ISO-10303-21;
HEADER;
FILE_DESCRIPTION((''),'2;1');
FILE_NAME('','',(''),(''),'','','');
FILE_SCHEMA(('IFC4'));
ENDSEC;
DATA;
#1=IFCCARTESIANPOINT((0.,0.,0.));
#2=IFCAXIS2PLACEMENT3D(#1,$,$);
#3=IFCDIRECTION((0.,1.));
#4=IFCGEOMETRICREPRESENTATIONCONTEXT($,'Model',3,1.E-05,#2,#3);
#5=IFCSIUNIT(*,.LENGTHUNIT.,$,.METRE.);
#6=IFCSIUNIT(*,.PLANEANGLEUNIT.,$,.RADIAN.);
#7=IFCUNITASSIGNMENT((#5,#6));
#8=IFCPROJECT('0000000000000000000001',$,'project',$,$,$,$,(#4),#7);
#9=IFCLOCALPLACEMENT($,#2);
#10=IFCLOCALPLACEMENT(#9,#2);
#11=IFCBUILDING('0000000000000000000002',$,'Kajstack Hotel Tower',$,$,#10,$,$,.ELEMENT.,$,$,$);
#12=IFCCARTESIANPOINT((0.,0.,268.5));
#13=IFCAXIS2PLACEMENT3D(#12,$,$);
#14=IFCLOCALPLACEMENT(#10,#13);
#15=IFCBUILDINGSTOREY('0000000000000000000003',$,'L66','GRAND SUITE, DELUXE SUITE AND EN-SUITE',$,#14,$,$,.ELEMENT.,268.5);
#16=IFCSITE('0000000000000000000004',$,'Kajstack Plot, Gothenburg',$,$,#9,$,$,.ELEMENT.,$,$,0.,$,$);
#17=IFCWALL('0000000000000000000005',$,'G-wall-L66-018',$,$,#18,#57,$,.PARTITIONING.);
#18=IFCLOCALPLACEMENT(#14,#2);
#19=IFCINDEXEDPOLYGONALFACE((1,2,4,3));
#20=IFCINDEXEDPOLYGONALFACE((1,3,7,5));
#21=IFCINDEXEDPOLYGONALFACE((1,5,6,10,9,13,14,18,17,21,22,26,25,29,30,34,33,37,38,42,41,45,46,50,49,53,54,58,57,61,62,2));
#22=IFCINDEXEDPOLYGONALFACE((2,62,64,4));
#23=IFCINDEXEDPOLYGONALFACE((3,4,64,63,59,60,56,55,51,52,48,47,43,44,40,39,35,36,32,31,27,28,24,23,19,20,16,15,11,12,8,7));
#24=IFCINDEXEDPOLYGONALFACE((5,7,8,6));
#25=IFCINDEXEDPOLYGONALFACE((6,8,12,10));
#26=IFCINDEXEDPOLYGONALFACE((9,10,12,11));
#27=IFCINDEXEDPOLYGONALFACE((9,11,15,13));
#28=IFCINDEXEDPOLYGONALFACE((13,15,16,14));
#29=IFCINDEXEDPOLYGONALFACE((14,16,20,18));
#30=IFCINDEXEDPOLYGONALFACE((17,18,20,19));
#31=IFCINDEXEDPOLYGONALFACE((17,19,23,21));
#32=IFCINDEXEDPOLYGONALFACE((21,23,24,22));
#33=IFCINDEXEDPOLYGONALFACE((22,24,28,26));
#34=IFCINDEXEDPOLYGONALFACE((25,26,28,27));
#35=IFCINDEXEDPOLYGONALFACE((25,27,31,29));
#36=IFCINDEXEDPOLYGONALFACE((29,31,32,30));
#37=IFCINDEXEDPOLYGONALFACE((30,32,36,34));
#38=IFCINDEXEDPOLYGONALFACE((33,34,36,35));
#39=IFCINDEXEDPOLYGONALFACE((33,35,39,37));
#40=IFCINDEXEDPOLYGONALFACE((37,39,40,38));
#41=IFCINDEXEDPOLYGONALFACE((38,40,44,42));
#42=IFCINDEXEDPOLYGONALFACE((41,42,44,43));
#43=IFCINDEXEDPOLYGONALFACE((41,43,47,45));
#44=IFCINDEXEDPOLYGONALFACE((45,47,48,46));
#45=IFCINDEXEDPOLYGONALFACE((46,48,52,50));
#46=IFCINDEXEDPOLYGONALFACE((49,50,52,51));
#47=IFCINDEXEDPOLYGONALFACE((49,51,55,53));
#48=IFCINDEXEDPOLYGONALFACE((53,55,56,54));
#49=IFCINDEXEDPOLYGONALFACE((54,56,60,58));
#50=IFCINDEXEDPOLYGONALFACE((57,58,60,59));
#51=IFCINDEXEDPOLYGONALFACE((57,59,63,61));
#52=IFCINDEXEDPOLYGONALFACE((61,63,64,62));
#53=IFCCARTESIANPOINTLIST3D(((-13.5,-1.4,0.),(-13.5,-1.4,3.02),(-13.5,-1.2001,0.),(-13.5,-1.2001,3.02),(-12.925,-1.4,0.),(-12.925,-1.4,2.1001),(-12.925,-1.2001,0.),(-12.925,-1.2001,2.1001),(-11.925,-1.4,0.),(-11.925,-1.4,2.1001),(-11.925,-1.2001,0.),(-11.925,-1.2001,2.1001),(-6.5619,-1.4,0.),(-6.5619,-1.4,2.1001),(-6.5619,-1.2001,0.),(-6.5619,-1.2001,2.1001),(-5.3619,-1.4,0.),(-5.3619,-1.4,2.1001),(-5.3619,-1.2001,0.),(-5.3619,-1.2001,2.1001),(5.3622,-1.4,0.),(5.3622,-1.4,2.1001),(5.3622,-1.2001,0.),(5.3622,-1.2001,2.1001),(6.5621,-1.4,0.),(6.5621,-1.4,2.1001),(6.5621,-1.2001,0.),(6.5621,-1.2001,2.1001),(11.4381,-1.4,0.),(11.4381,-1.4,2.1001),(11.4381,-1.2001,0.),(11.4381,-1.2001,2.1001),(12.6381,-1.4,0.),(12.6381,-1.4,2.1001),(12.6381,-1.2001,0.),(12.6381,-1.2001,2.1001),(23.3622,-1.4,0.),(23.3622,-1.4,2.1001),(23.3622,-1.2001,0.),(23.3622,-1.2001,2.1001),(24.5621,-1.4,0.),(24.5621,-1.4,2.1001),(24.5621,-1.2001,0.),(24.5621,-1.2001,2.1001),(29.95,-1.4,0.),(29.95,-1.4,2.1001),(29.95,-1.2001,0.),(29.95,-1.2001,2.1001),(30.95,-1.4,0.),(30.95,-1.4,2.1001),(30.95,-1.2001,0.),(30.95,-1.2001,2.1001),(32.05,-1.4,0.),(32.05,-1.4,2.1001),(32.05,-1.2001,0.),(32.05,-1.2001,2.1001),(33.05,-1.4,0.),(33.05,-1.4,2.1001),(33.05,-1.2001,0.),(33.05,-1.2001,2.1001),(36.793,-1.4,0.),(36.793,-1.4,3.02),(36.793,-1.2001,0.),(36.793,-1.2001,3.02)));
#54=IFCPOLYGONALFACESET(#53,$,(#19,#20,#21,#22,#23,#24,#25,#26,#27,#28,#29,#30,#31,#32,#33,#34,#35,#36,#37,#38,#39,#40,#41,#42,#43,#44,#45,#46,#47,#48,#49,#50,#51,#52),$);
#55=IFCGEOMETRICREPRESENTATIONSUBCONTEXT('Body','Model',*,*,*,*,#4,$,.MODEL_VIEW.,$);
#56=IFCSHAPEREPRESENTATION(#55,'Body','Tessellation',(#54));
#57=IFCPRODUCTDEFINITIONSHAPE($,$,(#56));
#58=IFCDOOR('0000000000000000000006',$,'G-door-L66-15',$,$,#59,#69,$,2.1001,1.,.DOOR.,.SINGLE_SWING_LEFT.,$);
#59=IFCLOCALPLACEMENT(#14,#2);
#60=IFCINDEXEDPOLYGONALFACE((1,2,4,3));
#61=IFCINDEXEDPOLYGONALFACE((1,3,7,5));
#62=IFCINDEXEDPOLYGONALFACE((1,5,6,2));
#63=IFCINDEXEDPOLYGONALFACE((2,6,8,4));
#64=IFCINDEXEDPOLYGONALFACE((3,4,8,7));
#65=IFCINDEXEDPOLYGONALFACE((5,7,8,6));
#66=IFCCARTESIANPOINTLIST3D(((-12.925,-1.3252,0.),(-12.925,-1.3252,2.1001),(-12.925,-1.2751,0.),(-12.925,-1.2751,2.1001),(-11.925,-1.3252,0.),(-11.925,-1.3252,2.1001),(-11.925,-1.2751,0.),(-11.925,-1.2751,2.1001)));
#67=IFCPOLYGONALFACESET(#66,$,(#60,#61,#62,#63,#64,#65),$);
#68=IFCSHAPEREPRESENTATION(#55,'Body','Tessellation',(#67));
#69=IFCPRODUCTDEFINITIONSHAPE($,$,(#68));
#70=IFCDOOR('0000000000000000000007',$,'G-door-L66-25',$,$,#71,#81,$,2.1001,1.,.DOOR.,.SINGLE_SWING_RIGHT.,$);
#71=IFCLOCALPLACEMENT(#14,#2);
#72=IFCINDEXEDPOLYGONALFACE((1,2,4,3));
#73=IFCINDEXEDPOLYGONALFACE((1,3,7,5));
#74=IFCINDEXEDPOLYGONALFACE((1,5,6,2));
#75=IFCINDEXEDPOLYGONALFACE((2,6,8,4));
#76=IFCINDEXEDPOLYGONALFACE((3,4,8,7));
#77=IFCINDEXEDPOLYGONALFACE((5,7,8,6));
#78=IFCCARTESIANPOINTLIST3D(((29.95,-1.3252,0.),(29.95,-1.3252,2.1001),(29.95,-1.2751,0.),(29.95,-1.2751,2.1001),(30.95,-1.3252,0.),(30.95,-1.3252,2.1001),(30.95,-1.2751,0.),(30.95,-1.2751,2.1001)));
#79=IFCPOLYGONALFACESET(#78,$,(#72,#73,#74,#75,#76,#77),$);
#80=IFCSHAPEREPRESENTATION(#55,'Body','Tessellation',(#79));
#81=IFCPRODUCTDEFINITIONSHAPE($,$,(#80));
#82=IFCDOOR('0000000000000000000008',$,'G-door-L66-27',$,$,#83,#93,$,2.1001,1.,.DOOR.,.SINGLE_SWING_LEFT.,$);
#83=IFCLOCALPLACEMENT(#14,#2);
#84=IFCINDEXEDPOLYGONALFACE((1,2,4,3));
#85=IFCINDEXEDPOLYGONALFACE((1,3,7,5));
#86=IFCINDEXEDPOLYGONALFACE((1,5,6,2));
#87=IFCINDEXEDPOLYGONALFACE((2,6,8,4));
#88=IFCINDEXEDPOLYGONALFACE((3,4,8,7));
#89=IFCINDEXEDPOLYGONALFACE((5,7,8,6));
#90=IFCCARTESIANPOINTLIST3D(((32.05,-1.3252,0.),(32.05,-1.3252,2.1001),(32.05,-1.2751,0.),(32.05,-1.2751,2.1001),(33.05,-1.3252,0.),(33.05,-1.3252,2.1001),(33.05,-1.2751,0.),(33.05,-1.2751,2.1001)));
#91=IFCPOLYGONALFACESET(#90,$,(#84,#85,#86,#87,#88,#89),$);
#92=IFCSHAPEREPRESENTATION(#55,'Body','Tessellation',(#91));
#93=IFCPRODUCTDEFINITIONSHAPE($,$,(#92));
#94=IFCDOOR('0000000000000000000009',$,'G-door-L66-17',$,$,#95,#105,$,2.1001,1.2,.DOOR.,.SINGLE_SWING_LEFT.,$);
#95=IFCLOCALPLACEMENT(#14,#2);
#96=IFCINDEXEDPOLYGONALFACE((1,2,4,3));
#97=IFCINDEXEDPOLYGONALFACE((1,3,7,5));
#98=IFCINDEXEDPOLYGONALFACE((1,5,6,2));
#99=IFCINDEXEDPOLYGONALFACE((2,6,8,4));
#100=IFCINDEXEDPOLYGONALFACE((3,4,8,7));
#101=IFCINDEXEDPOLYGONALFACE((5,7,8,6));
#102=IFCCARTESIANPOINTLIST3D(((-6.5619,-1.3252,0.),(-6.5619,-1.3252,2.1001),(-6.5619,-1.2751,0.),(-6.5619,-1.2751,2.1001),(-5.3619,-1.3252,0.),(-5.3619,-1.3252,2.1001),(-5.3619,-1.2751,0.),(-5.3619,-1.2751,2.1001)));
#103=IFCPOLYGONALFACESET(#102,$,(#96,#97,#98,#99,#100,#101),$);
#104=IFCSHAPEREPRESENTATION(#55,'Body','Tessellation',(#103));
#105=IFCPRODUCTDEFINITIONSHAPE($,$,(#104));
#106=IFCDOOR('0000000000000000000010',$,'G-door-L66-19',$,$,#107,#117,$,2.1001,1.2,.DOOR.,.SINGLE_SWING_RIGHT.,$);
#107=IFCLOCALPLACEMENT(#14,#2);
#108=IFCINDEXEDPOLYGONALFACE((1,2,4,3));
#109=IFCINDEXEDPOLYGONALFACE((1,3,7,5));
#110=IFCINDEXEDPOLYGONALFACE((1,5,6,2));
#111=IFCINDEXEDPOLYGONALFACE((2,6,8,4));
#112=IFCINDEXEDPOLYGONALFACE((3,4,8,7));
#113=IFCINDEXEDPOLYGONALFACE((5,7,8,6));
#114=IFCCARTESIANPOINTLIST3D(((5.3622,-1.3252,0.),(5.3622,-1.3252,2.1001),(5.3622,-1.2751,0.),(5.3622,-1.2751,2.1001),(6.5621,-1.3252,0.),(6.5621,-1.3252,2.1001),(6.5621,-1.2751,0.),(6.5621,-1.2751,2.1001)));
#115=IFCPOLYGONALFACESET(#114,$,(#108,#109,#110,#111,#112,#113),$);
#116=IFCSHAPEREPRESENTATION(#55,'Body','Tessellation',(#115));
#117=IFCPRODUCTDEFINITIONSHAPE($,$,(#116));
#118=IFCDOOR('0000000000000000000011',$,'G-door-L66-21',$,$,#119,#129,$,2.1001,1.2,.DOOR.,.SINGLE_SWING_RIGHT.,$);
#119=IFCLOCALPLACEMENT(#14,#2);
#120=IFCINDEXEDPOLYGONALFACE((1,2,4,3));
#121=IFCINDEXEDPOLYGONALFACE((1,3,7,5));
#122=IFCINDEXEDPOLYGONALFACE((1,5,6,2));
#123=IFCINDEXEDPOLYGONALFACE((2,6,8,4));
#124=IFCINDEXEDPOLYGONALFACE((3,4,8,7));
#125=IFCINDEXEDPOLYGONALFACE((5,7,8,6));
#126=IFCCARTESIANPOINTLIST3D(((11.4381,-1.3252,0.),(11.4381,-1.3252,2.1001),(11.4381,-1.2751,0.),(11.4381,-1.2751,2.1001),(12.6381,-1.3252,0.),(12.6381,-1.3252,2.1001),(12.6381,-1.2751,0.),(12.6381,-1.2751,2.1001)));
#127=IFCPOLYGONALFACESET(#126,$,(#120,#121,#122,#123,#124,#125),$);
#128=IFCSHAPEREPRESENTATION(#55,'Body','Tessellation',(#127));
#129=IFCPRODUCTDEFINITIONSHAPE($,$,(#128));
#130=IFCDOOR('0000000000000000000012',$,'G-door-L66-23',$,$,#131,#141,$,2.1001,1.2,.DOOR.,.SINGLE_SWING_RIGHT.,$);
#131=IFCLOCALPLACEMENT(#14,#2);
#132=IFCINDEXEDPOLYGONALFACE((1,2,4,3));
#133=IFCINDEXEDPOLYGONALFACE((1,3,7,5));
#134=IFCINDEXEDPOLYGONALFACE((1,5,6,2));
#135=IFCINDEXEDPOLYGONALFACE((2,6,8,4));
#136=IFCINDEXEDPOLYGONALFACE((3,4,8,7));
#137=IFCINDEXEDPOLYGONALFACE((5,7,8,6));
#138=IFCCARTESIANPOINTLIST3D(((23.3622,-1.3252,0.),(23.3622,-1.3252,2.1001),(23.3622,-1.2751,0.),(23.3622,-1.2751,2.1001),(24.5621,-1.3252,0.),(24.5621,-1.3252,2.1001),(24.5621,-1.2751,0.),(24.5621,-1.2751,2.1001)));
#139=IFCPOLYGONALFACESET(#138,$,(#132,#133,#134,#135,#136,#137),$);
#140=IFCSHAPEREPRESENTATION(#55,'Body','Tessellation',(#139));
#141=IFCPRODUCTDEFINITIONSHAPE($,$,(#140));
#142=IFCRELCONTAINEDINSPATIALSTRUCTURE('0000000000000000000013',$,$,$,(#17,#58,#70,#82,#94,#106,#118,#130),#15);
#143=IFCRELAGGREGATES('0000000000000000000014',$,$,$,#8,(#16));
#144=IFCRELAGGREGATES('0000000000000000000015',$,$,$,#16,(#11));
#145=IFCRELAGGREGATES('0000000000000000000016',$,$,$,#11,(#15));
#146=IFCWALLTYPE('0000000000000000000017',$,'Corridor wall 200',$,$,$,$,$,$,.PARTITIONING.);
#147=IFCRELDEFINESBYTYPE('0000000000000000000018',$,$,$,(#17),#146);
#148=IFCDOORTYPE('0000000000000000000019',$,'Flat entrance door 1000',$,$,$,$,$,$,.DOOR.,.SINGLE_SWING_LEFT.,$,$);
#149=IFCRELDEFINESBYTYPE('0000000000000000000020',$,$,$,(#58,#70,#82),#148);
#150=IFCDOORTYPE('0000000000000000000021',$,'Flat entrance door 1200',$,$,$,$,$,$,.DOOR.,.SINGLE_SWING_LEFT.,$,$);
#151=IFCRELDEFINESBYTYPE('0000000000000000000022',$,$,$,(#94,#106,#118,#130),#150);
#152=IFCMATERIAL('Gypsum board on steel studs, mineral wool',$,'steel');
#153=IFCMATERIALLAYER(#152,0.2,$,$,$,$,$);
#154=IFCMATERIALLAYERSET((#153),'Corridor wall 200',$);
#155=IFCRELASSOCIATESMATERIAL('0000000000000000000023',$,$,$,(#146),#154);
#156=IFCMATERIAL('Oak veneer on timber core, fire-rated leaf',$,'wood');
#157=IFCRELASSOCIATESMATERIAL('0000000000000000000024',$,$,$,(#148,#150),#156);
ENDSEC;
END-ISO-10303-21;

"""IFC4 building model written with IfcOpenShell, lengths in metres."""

from ifc_helpers import new_model, si_unit, direction, frame, frame_2d, origin, place, context, subcontext, project, spatial, rectangle, extrude, material, layer, layer_set, type_object, element, fill, save


model = new_model("IFC4")

# Units and contexts
model_context = context("Model", 3, precision=1e-05, world=origin(), true_north=direction((0.0, 1.0)))
body_context = subcontext(model_context, "Body", "Model", "MODEL_VIEW")
ifc_project = project(units=[si_unit("LENGTHUNIT", "METRE"), si_unit("PLANEANGLEUNIT", "RADIAN")], contexts=[model_context])

# Site, building, storey
site_placement = place(None, origin())
site = spatial("IfcSite", under=ifc_project, at=site_placement, Name="Kajstack Plot, Gothenburg", CompositionType="ELEMENT", RefElevation=0.0)
building_placement = place(site_placement, origin())
building = spatial("IfcBuilding", under=site, at=building_placement, Name="Kajstack Hotel Tower", CompositionType="ELEMENT")
storey_placement = place(building_placement, frame((0.0, 0.0, 268.5)))
storey = spatial("IfcBuildingStorey", under=building, at=storey_placement, Name="L66", Description="GRAND SUITE, DELUXE SUITE AND EN-SUITE", CompositionType="ELEMENT", Elevation=268.5)

# Wall, openings, doors
ifc_material_1 = material(Name="Gypsum board on steel studs, mineral wool", Category="steel")
ifc_layer_1 = layer(ifc_material_1, 0.2)
ifc_layer_set_1 = layer_set([ifc_layer_1], Name="Corridor wall 200")
wall_type_1 = type_object("IfcWallType", Name="Corridor wall 200", PredefinedType="PARTITIONING", material=ifc_layer_set_1)
wall_1_placement = place(storey_placement, frame((-13.5, -1.3, 0.0), z_axis=(0.0, 0.0, 1.0), x_axis=(1.0, 0.0, 0.0)))
wall_1 = element("IfcWall", 1, at=wall_1_placement, inside=storey, type_object=wall_type_1, Name="G-wall-L66-018", PredefinedType="PARTITIONING", context=body_context, shape_type="SweptSolid", body=[
    extrude(rectangle(XDim=50.293, YDim=0.2, at=frame_2d((25.1465, 0.0))), origin(), (0.0, 0.0, 1.0), 3.02),
])
opening_1_placement = place(wall_1_placement, frame((0.575, 0.0, 0.0)))
opening_1 = element("IfcOpeningElement", 2, at=opening_1_placement, cuts=wall_1, PredefinedType="OPENING", context=body_context, shape_type="SweptSolid", body=[
    extrude(rectangle(XDim=1.0, YDim=2.1001, at=frame_2d((0.5, 1.05))), frame((0.0, 0.1099, 0.0), z_axis=(0.0, -1.0, 0.0), x_axis=(1.0, 0.0, 0.0)), (0.0, 0.0, 1.0), 0.22),
])
opening_2_placement = place(wall_1_placement, frame((6.938, 0.0, 0.0)))
opening_2 = element("IfcOpeningElement", 3, at=opening_2_placement, cuts=wall_1, PredefinedType="OPENING", context=body_context, shape_type="SweptSolid", body=[
    extrude(rectangle(XDim=1.2, YDim=2.1001, at=frame_2d((0.6001, 1.05))), frame((0.0, 0.1099, 0.0), z_axis=(0.0, -1.0, 0.0), x_axis=(1.0, 0.0, 0.0)), (0.0, 0.0, 1.0), 0.22),
])
opening_3_placement = place(wall_1_placement, frame((18.8621, 0.0, 0.0)))
opening_3 = element("IfcOpeningElement", 4, at=opening_3_placement, cuts=wall_1, PredefinedType="OPENING", context=body_context, shape_type="SweptSolid", body=[
    extrude(rectangle(XDim=1.2, YDim=2.1001, at=frame_2d((0.6001, 1.05))), frame((0.0, 0.1099, 0.0), z_axis=(0.0, -1.0, 0.0), x_axis=(1.0, 0.0, 0.0)), (0.0, 0.0, 1.0), 0.22),
])
opening_4_placement = place(wall_1_placement, frame((24.938, 0.0, 0.0)))
opening_4 = element("IfcOpeningElement", 5, at=opening_4_placement, cuts=wall_1, PredefinedType="OPENING", context=body_context, shape_type="SweptSolid", body=[
    extrude(rectangle(XDim=1.2, YDim=2.1001, at=frame_2d((0.6001, 1.05))), frame((0.0, 0.1099, 0.0), z_axis=(0.0, -1.0, 0.0), x_axis=(1.0, 0.0, 0.0)), (0.0, 0.0, 1.0), 0.22),
])
opening_5_placement = place(wall_1_placement, frame((36.8621, 0.0, 0.0)))
opening_5 = element("IfcOpeningElement", 6, at=opening_5_placement, cuts=wall_1, PredefinedType="OPENING", context=body_context, shape_type="SweptSolid", body=[
    extrude(rectangle(XDim=1.2, YDim=2.1001, at=frame_2d((0.6001, 1.05))), frame((0.0, 0.1099, 0.0), z_axis=(0.0, -1.0, 0.0), x_axis=(1.0, 0.0, 0.0)), (0.0, 0.0, 1.0), 0.22),
])
opening_6_placement = place(wall_1_placement, frame((43.45, 0.0, 0.0)))
opening_6 = element("IfcOpeningElement", 7, at=opening_6_placement, cuts=wall_1, PredefinedType="OPENING", context=body_context, shape_type="SweptSolid", body=[
    extrude(rectangle(XDim=1.0, YDim=2.1001, at=frame_2d((0.5, 1.05))), frame((0.0, 0.1099, 0.0), z_axis=(0.0, -1.0, 0.0), x_axis=(1.0, 0.0, 0.0)), (0.0, 0.0, 1.0), 0.22),
])
opening_7_placement = place(wall_1_placement, frame((45.55, 0.0, 0.0)))
opening_7 = element("IfcOpeningElement", 8, at=opening_7_placement, cuts=wall_1, PredefinedType="OPENING", context=body_context, shape_type="SweptSolid", body=[
    extrude(rectangle(XDim=1.0, YDim=2.1001, at=frame_2d((0.5, 1.05))), frame((0.0, 0.1099, 0.0), z_axis=(0.0, -1.0, 0.0), x_axis=(1.0, 0.0, 0.0)), (0.0, 0.0, 1.0), 0.22),
])
ifc_material_2 = material(Name="Oak veneer on timber core, fire-rated leaf", Category="wood")
door_type_1 = type_object("IfcDoorType", Name="Flat entrance door 1000", OperationType="SINGLE_SWING_LEFT", PredefinedType="DOOR", material=ifc_material_2)
door_1_placement = place(opening_1_placement, origin())
door_1 = element("IfcDoor", 9, at=door_1_placement, inside=storey, type_object=door_type_1, Name="G-door-L66-15", OperationType="SINGLE_SWING_LEFT", OverallHeight=2.1001, OverallWidth=1.0, PredefinedType="DOOR", context=body_context, shape_type="SweptSolid", body=[
    extrude(rectangle(XDim=1.0, YDim=2.1001, at=frame_2d((0.5, 1.05))), frame((0.0, 0.0249, 0.0), z_axis=(0.0, -1.0, 0.0), x_axis=(1.0, 0.0, 0.0)), (0.0, 0.0, 1.0), 0.05),
])
fill(opening_1, door_1)
door_2_placement = place(opening_6_placement, origin())
door_2 = element("IfcDoor", 10, at=door_2_placement, inside=storey, type_object=door_type_1, Name="G-door-L66-25", OperationType="SINGLE_SWING_RIGHT", OverallHeight=2.1001, OverallWidth=1.0, PredefinedType="DOOR", context=body_context, shape_type="SweptSolid", body=[
    extrude(rectangle(XDim=1.0, YDim=2.1001, at=frame_2d((0.5, 1.05))), frame((0.0, 0.0249, 0.0), z_axis=(0.0, -1.0, 0.0), x_axis=(1.0, 0.0, 0.0)), (0.0, 0.0, 1.0), 0.05),
])
fill(opening_6, door_2)
door_3_placement = place(opening_7_placement, origin())
door_3 = element("IfcDoor", 11, at=door_3_placement, inside=storey, type_object=door_type_1, Name="G-door-L66-27", OperationType="SINGLE_SWING_LEFT", OverallHeight=2.1001, OverallWidth=1.0, PredefinedType="DOOR", context=body_context, shape_type="SweptSolid", body=[
    extrude(rectangle(XDim=1.0, YDim=2.1001, at=frame_2d((0.5, 1.05))), frame((0.0, 0.0249, 0.0), z_axis=(0.0, -1.0, 0.0), x_axis=(1.0, 0.0, 0.0)), (0.0, 0.0, 1.0), 0.05),
])
fill(opening_7, door_3)
door_type_2 = type_object("IfcDoorType", Name="Flat entrance door 1200", OperationType="SINGLE_SWING_LEFT", PredefinedType="DOOR", material=ifc_material_2)
door_4_placement = place(opening_2_placement, origin())
door_4 = element("IfcDoor", 12, at=door_4_placement, inside=storey, type_object=door_type_2, Name="G-door-L66-17", OperationType="SINGLE_SWING_LEFT", OverallHeight=2.1001, OverallWidth=1.2, PredefinedType="DOOR", context=body_context, shape_type="SweptSolid", body=[
    extrude(rectangle(XDim=1.2, YDim=2.1001, at=frame_2d((0.6001, 1.05))), frame((0.0, 0.0249, 0.0), z_axis=(0.0, -1.0, 0.0), x_axis=(1.0, 0.0, 0.0)), (0.0, 0.0, 1.0), 0.05),
])
fill(opening_2, door_4)
door_5_placement = place(opening_3_placement, origin())
door_5 = element("IfcDoor", 13, at=door_5_placement, inside=storey, type_object=door_type_2, Name="G-door-L66-19", OperationType="SINGLE_SWING_RIGHT", OverallHeight=2.1001, OverallWidth=1.2, PredefinedType="DOOR", context=body_context, shape_type="SweptSolid", body=[
    extrude(rectangle(XDim=1.2, YDim=2.1001, at=frame_2d((0.6001, 1.05))), frame((0.0, 0.0249, 0.0), z_axis=(0.0, -1.0, 0.0), x_axis=(1.0, 0.0, 0.0)), (0.0, 0.0, 1.0), 0.05),
])
fill(opening_3, door_5)
door_6_placement = place(opening_4_placement, origin())
door_6 = element("IfcDoor", 14, at=door_6_placement, inside=storey, type_object=door_type_2, Name="G-door-L66-21", OperationType="SINGLE_SWING_RIGHT", OverallHeight=2.1001, OverallWidth=1.2, PredefinedType="DOOR", context=body_context, shape_type="SweptSolid", body=[
    extrude(rectangle(XDim=1.2, YDim=2.1001, at=frame_2d((0.6001, 1.05))), frame((0.0, 0.0249, 0.0), z_axis=(0.0, -1.0, 0.0), x_axis=(1.0, 0.0, 0.0)), (0.0, 0.0, 1.0), 0.05),
])
fill(opening_4, door_6)
door_7_placement = place(opening_5_placement, origin())
door_7 = element("IfcDoor", 15, at=door_7_placement, inside=storey, type_object=door_type_2, Name="G-door-L66-23", OperationType="SINGLE_SWING_RIGHT", OverallHeight=2.1001, OverallWidth=1.2, PredefinedType="DOOR", context=body_context, shape_type="SweptSolid", body=[
    extrude(rectangle(XDim=1.2, YDim=2.1001, at=frame_2d((0.6001, 1.05))), frame((0.0, 0.0249, 0.0), z_axis=(0.0, -1.0, 0.0), x_axis=(1.0, 0.0, 0.0)), (0.0, 0.0, 1.0), 0.05),
])
fill(opening_5, door_7)

save(model, "model.ifc")
